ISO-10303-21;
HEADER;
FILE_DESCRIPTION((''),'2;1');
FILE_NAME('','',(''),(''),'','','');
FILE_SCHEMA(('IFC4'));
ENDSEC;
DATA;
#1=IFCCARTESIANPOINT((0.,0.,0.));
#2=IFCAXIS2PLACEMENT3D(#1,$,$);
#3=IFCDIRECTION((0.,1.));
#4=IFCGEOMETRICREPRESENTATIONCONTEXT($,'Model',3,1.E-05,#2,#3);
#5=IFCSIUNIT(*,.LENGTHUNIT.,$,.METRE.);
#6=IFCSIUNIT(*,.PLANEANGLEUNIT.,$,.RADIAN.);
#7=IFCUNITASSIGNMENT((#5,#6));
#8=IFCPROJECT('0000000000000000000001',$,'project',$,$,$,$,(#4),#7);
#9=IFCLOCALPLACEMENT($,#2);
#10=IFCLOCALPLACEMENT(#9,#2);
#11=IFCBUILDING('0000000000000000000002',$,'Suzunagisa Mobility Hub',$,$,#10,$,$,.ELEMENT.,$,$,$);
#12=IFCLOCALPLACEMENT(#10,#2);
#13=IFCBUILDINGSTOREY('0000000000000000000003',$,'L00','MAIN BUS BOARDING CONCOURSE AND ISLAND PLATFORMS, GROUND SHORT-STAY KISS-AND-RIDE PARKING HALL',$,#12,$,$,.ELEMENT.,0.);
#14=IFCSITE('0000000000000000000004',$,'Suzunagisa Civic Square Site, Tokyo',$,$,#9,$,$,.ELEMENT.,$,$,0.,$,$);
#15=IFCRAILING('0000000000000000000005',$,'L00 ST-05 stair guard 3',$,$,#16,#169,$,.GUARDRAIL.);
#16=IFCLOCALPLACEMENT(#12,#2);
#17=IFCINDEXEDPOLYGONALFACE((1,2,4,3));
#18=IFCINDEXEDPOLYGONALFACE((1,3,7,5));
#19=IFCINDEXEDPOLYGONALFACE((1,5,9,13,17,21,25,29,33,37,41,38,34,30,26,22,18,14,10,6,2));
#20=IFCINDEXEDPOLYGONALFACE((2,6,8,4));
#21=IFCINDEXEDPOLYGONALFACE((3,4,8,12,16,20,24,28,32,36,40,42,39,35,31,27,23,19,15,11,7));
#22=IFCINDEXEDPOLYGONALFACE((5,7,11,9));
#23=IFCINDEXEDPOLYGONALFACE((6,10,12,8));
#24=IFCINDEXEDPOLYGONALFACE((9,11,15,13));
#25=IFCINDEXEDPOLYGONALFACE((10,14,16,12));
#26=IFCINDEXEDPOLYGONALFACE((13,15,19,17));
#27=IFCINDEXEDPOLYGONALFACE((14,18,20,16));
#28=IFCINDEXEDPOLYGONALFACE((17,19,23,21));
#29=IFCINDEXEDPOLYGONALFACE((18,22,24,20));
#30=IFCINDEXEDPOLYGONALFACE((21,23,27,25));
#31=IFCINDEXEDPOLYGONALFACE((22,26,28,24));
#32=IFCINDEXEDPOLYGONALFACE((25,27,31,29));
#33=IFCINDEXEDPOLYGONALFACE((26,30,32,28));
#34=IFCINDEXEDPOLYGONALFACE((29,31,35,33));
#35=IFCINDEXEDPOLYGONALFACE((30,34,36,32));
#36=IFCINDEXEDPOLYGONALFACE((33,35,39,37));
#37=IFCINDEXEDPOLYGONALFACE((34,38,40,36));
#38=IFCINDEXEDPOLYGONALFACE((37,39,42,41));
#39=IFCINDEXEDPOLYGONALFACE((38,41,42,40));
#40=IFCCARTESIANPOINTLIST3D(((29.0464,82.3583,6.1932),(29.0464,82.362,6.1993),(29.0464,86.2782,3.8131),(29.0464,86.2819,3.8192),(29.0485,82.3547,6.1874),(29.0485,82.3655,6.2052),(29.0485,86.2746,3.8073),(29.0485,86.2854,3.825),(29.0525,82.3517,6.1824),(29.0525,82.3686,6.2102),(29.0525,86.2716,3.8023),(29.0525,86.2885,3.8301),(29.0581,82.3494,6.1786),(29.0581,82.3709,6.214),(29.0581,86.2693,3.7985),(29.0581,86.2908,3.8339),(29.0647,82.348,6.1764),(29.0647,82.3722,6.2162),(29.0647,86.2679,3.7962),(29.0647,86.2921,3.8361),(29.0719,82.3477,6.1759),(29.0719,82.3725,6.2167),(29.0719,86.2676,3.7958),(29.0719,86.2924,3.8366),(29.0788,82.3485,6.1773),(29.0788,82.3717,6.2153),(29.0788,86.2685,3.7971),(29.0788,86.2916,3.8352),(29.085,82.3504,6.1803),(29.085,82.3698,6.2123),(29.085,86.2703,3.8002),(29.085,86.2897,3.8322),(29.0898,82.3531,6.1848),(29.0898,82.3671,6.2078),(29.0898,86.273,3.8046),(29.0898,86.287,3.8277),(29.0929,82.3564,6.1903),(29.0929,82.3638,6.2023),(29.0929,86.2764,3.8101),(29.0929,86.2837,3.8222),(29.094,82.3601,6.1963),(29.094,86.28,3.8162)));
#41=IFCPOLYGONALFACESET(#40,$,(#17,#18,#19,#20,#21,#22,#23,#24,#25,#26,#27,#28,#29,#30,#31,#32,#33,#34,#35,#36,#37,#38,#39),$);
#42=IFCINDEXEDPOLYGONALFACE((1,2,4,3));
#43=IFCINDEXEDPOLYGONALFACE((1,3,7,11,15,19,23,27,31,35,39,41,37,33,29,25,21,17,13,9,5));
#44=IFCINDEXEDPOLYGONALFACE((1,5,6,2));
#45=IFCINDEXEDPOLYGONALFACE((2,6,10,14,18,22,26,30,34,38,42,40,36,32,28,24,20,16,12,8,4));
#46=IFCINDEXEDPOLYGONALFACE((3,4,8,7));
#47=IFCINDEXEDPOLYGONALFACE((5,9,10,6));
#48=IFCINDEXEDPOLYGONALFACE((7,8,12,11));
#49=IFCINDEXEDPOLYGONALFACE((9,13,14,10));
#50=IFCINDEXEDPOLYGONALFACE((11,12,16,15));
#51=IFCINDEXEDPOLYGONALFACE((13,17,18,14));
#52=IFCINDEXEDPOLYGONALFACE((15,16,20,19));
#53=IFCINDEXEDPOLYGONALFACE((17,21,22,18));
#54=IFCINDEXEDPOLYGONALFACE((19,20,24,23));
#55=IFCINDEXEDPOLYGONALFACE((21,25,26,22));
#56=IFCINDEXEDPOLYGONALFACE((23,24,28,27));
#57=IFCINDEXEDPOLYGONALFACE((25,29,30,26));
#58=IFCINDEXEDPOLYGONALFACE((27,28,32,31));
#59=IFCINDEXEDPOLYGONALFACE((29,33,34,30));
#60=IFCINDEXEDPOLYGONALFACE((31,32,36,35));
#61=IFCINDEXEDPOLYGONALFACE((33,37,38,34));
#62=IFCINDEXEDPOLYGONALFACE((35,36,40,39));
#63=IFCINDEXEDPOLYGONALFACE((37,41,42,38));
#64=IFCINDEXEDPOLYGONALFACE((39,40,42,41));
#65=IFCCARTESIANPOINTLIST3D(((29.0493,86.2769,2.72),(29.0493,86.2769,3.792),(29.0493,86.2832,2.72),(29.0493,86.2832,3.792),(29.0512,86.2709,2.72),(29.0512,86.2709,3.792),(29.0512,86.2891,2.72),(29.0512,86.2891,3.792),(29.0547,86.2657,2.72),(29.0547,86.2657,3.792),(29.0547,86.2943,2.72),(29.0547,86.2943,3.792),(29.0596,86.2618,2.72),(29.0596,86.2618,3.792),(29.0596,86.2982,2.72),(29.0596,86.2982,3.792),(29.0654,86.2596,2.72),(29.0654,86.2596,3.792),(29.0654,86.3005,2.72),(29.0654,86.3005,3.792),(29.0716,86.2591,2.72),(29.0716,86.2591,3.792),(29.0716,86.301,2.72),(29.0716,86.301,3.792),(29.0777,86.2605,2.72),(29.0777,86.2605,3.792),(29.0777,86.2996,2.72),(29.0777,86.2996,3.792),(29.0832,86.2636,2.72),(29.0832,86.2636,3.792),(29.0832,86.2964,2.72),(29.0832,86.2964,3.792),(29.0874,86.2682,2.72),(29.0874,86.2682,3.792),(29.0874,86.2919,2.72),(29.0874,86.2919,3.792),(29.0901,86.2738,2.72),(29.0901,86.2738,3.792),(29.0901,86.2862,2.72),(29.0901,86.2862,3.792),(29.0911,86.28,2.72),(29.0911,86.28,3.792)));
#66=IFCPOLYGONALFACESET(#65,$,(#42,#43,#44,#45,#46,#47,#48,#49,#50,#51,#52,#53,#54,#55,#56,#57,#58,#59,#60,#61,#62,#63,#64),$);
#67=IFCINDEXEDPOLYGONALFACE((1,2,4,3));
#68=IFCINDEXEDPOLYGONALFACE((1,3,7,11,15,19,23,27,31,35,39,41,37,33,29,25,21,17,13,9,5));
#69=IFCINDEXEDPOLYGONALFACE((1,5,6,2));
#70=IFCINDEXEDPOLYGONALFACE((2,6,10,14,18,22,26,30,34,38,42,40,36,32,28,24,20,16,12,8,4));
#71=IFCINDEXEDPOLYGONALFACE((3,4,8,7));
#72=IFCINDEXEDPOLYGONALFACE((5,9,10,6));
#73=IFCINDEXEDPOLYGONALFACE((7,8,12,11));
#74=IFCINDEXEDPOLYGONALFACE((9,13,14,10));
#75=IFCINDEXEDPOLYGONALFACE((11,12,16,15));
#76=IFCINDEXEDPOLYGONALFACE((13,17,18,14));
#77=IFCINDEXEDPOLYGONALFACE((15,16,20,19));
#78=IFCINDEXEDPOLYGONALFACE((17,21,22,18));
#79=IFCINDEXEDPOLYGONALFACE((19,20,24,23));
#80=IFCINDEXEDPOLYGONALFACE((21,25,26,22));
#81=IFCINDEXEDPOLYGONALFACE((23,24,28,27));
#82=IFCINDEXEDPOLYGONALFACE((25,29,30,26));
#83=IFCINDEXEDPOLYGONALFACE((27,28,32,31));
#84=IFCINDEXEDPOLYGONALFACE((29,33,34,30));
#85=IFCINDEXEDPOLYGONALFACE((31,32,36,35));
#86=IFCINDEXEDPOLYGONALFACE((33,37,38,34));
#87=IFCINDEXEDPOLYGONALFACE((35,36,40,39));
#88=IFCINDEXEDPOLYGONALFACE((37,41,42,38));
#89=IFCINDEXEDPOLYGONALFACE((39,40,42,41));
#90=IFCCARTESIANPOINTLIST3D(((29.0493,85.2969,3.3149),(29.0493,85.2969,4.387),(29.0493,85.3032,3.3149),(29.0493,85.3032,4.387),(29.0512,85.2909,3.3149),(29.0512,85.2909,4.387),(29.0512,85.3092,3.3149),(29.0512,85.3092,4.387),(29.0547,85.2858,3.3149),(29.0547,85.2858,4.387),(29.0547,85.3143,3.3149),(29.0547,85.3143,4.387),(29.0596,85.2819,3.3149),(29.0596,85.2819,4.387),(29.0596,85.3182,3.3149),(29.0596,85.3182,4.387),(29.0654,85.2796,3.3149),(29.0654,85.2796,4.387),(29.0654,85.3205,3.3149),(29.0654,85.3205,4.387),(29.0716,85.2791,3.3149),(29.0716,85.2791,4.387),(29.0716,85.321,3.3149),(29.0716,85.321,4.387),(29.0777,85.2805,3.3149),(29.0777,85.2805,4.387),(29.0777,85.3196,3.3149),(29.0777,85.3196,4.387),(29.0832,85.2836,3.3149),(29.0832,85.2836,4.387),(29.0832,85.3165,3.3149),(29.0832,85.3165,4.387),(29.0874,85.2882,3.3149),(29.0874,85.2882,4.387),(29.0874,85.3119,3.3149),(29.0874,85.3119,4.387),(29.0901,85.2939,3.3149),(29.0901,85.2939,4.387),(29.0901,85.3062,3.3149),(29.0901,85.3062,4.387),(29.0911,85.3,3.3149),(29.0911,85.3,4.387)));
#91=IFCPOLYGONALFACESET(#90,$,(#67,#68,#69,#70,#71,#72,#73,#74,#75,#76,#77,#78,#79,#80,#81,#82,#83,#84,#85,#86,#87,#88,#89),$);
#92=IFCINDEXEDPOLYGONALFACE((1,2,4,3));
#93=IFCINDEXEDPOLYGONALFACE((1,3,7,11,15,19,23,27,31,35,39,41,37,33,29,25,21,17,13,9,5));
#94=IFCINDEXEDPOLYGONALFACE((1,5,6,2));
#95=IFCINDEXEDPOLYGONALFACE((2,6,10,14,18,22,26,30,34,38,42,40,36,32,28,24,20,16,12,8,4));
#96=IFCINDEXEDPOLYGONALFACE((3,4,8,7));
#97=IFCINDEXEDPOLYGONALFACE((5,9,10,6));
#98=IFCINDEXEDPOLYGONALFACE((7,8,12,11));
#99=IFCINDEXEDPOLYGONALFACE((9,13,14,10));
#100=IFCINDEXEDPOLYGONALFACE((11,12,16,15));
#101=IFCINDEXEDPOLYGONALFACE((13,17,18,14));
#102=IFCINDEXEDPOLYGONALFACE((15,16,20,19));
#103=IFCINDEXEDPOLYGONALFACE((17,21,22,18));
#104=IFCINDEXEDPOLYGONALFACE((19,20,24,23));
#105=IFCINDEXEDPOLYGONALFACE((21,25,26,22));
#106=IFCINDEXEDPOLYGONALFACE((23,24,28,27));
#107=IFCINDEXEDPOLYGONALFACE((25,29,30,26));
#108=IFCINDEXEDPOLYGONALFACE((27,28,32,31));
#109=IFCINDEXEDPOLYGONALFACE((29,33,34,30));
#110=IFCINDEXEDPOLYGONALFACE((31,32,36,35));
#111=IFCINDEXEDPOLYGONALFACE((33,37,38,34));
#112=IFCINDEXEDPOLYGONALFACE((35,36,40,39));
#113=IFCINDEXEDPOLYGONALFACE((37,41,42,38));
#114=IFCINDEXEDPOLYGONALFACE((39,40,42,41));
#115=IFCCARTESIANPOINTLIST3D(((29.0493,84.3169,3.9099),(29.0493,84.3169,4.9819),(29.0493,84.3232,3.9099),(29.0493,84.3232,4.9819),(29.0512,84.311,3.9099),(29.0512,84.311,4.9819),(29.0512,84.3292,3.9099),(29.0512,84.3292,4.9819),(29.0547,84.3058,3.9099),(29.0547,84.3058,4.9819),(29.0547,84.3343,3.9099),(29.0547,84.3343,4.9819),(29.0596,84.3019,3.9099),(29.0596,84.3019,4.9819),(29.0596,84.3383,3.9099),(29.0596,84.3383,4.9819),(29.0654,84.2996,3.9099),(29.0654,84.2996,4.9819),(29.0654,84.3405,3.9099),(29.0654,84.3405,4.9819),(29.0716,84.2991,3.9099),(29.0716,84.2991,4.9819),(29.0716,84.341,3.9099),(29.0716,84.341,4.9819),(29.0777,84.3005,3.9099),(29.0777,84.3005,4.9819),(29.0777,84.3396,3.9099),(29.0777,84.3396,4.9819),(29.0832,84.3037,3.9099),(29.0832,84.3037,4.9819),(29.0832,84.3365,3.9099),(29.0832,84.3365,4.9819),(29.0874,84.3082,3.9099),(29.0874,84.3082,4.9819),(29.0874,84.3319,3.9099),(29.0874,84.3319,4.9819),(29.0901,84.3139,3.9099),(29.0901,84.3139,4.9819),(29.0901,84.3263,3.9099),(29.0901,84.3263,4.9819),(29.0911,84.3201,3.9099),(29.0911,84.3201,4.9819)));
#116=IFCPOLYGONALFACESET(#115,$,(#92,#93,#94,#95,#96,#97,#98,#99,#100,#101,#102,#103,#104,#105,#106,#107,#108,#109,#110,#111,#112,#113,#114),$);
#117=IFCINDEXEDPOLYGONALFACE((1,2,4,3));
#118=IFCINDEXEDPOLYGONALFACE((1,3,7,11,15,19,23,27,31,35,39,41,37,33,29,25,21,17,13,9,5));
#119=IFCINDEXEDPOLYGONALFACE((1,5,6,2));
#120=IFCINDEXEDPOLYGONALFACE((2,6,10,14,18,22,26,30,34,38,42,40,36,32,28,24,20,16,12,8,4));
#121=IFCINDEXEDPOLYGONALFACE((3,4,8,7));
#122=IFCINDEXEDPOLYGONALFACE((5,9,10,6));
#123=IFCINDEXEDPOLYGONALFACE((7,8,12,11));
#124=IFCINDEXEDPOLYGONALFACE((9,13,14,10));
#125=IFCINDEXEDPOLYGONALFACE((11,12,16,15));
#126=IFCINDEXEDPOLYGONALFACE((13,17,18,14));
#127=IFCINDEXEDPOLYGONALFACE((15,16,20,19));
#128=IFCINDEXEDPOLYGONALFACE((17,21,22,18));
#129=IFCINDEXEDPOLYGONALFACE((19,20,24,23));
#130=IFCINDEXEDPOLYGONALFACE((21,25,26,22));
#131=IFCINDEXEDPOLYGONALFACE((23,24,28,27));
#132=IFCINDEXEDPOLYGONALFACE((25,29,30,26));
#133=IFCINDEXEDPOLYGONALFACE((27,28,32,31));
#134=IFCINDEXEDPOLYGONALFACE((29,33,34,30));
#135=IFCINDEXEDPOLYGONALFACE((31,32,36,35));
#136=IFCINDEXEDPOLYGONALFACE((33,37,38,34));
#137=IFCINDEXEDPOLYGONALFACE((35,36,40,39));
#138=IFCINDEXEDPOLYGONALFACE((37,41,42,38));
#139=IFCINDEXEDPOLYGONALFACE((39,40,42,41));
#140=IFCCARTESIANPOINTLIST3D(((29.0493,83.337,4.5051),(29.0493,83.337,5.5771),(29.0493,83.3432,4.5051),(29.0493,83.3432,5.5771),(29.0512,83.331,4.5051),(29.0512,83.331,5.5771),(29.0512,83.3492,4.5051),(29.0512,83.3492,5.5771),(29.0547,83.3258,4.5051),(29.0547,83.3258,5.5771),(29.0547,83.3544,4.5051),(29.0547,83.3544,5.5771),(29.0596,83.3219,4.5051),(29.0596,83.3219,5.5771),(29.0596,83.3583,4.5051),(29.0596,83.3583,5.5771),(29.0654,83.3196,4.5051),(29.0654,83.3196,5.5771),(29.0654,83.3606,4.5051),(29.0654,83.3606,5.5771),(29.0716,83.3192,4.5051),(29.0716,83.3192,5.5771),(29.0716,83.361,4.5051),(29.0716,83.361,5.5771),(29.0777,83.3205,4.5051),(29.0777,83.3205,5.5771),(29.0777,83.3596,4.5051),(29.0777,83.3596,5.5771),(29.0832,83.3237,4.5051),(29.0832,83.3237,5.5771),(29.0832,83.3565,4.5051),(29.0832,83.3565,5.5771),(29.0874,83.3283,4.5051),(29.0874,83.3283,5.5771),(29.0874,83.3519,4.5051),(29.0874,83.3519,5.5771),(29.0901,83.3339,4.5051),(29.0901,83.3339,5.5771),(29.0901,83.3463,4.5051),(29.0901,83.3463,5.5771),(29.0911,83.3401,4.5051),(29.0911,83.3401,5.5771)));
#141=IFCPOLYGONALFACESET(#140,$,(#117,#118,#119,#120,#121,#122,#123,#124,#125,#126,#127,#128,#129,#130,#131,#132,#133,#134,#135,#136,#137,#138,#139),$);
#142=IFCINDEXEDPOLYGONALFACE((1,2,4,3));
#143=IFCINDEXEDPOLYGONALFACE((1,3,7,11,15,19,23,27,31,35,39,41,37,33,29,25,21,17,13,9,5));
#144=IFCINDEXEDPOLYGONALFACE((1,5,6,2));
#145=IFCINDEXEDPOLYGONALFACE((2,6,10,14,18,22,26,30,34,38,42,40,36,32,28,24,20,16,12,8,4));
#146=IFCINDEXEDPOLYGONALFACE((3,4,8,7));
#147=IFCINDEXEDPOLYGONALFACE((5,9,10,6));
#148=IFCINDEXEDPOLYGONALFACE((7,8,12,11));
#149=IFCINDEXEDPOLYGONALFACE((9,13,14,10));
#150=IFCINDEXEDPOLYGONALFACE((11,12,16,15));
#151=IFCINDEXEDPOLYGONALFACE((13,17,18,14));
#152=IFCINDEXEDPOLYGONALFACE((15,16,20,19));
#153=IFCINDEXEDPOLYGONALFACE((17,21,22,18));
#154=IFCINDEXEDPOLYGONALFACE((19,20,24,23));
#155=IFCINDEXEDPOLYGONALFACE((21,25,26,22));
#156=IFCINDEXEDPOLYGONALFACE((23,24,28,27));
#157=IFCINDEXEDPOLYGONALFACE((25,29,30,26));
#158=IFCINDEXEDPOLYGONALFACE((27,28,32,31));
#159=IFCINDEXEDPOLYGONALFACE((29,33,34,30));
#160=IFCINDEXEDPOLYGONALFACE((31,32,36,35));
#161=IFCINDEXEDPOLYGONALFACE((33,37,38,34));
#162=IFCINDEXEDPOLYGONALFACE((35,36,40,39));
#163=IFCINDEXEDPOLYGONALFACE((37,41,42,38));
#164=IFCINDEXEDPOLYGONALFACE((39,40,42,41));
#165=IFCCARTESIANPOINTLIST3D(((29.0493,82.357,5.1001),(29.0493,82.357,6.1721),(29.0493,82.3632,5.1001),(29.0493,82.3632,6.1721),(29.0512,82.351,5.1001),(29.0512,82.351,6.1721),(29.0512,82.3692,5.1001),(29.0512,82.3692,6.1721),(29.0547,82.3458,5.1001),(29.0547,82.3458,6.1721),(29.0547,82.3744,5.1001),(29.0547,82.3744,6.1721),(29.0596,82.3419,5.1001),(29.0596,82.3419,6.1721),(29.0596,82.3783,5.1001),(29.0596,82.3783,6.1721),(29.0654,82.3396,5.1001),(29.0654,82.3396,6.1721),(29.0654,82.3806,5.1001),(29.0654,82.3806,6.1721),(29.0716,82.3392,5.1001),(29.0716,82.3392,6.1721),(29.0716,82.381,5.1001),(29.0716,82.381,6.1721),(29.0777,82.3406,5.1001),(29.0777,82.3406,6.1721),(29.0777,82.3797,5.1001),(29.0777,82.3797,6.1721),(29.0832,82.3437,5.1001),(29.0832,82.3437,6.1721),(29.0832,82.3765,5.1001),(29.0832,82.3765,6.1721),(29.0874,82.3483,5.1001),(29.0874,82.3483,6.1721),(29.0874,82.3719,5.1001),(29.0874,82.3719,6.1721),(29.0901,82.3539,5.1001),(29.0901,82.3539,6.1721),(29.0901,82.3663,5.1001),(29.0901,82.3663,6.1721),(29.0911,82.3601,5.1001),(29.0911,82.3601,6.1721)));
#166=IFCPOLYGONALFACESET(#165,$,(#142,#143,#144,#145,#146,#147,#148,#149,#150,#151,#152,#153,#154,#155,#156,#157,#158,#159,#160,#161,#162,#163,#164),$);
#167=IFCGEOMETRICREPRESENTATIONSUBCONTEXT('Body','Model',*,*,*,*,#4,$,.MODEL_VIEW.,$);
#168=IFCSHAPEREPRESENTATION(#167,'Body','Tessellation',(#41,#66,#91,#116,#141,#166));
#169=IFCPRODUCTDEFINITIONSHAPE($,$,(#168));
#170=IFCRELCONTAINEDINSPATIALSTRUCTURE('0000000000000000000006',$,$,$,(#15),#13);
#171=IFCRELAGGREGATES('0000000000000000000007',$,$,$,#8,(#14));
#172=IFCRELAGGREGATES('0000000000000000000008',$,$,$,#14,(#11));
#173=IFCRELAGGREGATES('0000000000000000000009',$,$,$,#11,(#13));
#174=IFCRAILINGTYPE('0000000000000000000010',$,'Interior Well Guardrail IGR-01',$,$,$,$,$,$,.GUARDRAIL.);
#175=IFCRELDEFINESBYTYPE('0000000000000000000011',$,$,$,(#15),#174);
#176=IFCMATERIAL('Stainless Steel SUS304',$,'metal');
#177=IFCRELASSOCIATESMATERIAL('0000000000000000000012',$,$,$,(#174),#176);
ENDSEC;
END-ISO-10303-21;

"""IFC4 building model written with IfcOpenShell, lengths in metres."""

from ifc_helpers import new_model, si_unit, direction, frame, origin, origin_2d, place, context, subcontext, project, spatial, circle, extrude, material, type_object, element, save


model = new_model("IFC4")

# Units and contexts
model_context = context("Model", 3, precision=1e-05, world=origin(), true_north=direction((0.0, 1.0)))
body_context = subcontext(model_context, "Body", "Model", "MODEL_VIEW")
ifc_project = project(units=[si_unit("LENGTHUNIT", "METRE"), si_unit("PLANEANGLEUNIT", "RADIAN")], contexts=[model_context])

# Site, building, storey
site_placement = place(None, origin())
site = spatial("IfcSite", under=ifc_project, at=site_placement, Name="Suzunagisa Civic Square Site, Tokyo", CompositionType="ELEMENT", RefElevation=0.0)
building_placement = place(site_placement, origin())
building = spatial("IfcBuilding", under=site, at=building_placement, Name="Suzunagisa Mobility Hub", CompositionType="ELEMENT")
storey_placement = place(building_placement, origin())
storey = spatial("IfcBuildingStorey", under=building, at=storey_placement, Name="L00", Description="MAIN BUS BOARDING CONCOURSE AND ISLAND PLATFORMS, GROUND SHORT-STAY KISS-AND-RIDE PARKING HALL", CompositionType="ELEMENT", Elevation=0.0)

# Railing
ifc_material_1 = material(Name="Stainless Steel SUS304", Category="metal")
railing_type = type_object("IfcRailingType", Name="Interior Well Guardrail IGR-01", PredefinedType="GUARDRAIL", material=ifc_material_1)
railing_1_placement = place(storey_placement, frame((29.0701, 86.28, 2.72)))
element("IfcRailing", 1, at=railing_1_placement, inside=storey, type_object=railing_type, Name="L00 ST-05 stair guard 3", PredefinedType="GUARDRAIL", context=body_context, shape_type="SweptSolid", body=[
    extrude(circle(Radius=0.0239, at=origin_2d()), frame((0.0, 0.0, 1.0962), z_axis=(0.0, -0.854771, 0.519006), x_axis=(1.0, 0.0, 0.0)), (0.0, 0.0, 1.0), 4.5859),
    extrude(circle(Radius=0.021, at=origin_2d()), origin(), (0.0, 0.0, 1.0), 1.072),
    extrude(circle(Radius=0.021, at=origin_2d()), frame((0.0, -0.98, 0.595)), (0.0, 0.0, 1.0), 1.072),
    extrude(circle(Radius=0.021, at=origin_2d()), frame((0.0, -1.96, 1.1899)), (0.0, 0.0, 1.0), 1.072),
    extrude(circle(Radius=0.021, at=origin_2d()), frame((0.0, -2.9399, 1.7852)), (0.0, 0.0, 1.0), 1.072),
    extrude(circle(Radius=0.021, at=origin_2d()), frame((0.0, -3.9199, 2.3801)), (0.0, 0.0, 1.0), 1.072),
])

save(model, "model.ifc")
